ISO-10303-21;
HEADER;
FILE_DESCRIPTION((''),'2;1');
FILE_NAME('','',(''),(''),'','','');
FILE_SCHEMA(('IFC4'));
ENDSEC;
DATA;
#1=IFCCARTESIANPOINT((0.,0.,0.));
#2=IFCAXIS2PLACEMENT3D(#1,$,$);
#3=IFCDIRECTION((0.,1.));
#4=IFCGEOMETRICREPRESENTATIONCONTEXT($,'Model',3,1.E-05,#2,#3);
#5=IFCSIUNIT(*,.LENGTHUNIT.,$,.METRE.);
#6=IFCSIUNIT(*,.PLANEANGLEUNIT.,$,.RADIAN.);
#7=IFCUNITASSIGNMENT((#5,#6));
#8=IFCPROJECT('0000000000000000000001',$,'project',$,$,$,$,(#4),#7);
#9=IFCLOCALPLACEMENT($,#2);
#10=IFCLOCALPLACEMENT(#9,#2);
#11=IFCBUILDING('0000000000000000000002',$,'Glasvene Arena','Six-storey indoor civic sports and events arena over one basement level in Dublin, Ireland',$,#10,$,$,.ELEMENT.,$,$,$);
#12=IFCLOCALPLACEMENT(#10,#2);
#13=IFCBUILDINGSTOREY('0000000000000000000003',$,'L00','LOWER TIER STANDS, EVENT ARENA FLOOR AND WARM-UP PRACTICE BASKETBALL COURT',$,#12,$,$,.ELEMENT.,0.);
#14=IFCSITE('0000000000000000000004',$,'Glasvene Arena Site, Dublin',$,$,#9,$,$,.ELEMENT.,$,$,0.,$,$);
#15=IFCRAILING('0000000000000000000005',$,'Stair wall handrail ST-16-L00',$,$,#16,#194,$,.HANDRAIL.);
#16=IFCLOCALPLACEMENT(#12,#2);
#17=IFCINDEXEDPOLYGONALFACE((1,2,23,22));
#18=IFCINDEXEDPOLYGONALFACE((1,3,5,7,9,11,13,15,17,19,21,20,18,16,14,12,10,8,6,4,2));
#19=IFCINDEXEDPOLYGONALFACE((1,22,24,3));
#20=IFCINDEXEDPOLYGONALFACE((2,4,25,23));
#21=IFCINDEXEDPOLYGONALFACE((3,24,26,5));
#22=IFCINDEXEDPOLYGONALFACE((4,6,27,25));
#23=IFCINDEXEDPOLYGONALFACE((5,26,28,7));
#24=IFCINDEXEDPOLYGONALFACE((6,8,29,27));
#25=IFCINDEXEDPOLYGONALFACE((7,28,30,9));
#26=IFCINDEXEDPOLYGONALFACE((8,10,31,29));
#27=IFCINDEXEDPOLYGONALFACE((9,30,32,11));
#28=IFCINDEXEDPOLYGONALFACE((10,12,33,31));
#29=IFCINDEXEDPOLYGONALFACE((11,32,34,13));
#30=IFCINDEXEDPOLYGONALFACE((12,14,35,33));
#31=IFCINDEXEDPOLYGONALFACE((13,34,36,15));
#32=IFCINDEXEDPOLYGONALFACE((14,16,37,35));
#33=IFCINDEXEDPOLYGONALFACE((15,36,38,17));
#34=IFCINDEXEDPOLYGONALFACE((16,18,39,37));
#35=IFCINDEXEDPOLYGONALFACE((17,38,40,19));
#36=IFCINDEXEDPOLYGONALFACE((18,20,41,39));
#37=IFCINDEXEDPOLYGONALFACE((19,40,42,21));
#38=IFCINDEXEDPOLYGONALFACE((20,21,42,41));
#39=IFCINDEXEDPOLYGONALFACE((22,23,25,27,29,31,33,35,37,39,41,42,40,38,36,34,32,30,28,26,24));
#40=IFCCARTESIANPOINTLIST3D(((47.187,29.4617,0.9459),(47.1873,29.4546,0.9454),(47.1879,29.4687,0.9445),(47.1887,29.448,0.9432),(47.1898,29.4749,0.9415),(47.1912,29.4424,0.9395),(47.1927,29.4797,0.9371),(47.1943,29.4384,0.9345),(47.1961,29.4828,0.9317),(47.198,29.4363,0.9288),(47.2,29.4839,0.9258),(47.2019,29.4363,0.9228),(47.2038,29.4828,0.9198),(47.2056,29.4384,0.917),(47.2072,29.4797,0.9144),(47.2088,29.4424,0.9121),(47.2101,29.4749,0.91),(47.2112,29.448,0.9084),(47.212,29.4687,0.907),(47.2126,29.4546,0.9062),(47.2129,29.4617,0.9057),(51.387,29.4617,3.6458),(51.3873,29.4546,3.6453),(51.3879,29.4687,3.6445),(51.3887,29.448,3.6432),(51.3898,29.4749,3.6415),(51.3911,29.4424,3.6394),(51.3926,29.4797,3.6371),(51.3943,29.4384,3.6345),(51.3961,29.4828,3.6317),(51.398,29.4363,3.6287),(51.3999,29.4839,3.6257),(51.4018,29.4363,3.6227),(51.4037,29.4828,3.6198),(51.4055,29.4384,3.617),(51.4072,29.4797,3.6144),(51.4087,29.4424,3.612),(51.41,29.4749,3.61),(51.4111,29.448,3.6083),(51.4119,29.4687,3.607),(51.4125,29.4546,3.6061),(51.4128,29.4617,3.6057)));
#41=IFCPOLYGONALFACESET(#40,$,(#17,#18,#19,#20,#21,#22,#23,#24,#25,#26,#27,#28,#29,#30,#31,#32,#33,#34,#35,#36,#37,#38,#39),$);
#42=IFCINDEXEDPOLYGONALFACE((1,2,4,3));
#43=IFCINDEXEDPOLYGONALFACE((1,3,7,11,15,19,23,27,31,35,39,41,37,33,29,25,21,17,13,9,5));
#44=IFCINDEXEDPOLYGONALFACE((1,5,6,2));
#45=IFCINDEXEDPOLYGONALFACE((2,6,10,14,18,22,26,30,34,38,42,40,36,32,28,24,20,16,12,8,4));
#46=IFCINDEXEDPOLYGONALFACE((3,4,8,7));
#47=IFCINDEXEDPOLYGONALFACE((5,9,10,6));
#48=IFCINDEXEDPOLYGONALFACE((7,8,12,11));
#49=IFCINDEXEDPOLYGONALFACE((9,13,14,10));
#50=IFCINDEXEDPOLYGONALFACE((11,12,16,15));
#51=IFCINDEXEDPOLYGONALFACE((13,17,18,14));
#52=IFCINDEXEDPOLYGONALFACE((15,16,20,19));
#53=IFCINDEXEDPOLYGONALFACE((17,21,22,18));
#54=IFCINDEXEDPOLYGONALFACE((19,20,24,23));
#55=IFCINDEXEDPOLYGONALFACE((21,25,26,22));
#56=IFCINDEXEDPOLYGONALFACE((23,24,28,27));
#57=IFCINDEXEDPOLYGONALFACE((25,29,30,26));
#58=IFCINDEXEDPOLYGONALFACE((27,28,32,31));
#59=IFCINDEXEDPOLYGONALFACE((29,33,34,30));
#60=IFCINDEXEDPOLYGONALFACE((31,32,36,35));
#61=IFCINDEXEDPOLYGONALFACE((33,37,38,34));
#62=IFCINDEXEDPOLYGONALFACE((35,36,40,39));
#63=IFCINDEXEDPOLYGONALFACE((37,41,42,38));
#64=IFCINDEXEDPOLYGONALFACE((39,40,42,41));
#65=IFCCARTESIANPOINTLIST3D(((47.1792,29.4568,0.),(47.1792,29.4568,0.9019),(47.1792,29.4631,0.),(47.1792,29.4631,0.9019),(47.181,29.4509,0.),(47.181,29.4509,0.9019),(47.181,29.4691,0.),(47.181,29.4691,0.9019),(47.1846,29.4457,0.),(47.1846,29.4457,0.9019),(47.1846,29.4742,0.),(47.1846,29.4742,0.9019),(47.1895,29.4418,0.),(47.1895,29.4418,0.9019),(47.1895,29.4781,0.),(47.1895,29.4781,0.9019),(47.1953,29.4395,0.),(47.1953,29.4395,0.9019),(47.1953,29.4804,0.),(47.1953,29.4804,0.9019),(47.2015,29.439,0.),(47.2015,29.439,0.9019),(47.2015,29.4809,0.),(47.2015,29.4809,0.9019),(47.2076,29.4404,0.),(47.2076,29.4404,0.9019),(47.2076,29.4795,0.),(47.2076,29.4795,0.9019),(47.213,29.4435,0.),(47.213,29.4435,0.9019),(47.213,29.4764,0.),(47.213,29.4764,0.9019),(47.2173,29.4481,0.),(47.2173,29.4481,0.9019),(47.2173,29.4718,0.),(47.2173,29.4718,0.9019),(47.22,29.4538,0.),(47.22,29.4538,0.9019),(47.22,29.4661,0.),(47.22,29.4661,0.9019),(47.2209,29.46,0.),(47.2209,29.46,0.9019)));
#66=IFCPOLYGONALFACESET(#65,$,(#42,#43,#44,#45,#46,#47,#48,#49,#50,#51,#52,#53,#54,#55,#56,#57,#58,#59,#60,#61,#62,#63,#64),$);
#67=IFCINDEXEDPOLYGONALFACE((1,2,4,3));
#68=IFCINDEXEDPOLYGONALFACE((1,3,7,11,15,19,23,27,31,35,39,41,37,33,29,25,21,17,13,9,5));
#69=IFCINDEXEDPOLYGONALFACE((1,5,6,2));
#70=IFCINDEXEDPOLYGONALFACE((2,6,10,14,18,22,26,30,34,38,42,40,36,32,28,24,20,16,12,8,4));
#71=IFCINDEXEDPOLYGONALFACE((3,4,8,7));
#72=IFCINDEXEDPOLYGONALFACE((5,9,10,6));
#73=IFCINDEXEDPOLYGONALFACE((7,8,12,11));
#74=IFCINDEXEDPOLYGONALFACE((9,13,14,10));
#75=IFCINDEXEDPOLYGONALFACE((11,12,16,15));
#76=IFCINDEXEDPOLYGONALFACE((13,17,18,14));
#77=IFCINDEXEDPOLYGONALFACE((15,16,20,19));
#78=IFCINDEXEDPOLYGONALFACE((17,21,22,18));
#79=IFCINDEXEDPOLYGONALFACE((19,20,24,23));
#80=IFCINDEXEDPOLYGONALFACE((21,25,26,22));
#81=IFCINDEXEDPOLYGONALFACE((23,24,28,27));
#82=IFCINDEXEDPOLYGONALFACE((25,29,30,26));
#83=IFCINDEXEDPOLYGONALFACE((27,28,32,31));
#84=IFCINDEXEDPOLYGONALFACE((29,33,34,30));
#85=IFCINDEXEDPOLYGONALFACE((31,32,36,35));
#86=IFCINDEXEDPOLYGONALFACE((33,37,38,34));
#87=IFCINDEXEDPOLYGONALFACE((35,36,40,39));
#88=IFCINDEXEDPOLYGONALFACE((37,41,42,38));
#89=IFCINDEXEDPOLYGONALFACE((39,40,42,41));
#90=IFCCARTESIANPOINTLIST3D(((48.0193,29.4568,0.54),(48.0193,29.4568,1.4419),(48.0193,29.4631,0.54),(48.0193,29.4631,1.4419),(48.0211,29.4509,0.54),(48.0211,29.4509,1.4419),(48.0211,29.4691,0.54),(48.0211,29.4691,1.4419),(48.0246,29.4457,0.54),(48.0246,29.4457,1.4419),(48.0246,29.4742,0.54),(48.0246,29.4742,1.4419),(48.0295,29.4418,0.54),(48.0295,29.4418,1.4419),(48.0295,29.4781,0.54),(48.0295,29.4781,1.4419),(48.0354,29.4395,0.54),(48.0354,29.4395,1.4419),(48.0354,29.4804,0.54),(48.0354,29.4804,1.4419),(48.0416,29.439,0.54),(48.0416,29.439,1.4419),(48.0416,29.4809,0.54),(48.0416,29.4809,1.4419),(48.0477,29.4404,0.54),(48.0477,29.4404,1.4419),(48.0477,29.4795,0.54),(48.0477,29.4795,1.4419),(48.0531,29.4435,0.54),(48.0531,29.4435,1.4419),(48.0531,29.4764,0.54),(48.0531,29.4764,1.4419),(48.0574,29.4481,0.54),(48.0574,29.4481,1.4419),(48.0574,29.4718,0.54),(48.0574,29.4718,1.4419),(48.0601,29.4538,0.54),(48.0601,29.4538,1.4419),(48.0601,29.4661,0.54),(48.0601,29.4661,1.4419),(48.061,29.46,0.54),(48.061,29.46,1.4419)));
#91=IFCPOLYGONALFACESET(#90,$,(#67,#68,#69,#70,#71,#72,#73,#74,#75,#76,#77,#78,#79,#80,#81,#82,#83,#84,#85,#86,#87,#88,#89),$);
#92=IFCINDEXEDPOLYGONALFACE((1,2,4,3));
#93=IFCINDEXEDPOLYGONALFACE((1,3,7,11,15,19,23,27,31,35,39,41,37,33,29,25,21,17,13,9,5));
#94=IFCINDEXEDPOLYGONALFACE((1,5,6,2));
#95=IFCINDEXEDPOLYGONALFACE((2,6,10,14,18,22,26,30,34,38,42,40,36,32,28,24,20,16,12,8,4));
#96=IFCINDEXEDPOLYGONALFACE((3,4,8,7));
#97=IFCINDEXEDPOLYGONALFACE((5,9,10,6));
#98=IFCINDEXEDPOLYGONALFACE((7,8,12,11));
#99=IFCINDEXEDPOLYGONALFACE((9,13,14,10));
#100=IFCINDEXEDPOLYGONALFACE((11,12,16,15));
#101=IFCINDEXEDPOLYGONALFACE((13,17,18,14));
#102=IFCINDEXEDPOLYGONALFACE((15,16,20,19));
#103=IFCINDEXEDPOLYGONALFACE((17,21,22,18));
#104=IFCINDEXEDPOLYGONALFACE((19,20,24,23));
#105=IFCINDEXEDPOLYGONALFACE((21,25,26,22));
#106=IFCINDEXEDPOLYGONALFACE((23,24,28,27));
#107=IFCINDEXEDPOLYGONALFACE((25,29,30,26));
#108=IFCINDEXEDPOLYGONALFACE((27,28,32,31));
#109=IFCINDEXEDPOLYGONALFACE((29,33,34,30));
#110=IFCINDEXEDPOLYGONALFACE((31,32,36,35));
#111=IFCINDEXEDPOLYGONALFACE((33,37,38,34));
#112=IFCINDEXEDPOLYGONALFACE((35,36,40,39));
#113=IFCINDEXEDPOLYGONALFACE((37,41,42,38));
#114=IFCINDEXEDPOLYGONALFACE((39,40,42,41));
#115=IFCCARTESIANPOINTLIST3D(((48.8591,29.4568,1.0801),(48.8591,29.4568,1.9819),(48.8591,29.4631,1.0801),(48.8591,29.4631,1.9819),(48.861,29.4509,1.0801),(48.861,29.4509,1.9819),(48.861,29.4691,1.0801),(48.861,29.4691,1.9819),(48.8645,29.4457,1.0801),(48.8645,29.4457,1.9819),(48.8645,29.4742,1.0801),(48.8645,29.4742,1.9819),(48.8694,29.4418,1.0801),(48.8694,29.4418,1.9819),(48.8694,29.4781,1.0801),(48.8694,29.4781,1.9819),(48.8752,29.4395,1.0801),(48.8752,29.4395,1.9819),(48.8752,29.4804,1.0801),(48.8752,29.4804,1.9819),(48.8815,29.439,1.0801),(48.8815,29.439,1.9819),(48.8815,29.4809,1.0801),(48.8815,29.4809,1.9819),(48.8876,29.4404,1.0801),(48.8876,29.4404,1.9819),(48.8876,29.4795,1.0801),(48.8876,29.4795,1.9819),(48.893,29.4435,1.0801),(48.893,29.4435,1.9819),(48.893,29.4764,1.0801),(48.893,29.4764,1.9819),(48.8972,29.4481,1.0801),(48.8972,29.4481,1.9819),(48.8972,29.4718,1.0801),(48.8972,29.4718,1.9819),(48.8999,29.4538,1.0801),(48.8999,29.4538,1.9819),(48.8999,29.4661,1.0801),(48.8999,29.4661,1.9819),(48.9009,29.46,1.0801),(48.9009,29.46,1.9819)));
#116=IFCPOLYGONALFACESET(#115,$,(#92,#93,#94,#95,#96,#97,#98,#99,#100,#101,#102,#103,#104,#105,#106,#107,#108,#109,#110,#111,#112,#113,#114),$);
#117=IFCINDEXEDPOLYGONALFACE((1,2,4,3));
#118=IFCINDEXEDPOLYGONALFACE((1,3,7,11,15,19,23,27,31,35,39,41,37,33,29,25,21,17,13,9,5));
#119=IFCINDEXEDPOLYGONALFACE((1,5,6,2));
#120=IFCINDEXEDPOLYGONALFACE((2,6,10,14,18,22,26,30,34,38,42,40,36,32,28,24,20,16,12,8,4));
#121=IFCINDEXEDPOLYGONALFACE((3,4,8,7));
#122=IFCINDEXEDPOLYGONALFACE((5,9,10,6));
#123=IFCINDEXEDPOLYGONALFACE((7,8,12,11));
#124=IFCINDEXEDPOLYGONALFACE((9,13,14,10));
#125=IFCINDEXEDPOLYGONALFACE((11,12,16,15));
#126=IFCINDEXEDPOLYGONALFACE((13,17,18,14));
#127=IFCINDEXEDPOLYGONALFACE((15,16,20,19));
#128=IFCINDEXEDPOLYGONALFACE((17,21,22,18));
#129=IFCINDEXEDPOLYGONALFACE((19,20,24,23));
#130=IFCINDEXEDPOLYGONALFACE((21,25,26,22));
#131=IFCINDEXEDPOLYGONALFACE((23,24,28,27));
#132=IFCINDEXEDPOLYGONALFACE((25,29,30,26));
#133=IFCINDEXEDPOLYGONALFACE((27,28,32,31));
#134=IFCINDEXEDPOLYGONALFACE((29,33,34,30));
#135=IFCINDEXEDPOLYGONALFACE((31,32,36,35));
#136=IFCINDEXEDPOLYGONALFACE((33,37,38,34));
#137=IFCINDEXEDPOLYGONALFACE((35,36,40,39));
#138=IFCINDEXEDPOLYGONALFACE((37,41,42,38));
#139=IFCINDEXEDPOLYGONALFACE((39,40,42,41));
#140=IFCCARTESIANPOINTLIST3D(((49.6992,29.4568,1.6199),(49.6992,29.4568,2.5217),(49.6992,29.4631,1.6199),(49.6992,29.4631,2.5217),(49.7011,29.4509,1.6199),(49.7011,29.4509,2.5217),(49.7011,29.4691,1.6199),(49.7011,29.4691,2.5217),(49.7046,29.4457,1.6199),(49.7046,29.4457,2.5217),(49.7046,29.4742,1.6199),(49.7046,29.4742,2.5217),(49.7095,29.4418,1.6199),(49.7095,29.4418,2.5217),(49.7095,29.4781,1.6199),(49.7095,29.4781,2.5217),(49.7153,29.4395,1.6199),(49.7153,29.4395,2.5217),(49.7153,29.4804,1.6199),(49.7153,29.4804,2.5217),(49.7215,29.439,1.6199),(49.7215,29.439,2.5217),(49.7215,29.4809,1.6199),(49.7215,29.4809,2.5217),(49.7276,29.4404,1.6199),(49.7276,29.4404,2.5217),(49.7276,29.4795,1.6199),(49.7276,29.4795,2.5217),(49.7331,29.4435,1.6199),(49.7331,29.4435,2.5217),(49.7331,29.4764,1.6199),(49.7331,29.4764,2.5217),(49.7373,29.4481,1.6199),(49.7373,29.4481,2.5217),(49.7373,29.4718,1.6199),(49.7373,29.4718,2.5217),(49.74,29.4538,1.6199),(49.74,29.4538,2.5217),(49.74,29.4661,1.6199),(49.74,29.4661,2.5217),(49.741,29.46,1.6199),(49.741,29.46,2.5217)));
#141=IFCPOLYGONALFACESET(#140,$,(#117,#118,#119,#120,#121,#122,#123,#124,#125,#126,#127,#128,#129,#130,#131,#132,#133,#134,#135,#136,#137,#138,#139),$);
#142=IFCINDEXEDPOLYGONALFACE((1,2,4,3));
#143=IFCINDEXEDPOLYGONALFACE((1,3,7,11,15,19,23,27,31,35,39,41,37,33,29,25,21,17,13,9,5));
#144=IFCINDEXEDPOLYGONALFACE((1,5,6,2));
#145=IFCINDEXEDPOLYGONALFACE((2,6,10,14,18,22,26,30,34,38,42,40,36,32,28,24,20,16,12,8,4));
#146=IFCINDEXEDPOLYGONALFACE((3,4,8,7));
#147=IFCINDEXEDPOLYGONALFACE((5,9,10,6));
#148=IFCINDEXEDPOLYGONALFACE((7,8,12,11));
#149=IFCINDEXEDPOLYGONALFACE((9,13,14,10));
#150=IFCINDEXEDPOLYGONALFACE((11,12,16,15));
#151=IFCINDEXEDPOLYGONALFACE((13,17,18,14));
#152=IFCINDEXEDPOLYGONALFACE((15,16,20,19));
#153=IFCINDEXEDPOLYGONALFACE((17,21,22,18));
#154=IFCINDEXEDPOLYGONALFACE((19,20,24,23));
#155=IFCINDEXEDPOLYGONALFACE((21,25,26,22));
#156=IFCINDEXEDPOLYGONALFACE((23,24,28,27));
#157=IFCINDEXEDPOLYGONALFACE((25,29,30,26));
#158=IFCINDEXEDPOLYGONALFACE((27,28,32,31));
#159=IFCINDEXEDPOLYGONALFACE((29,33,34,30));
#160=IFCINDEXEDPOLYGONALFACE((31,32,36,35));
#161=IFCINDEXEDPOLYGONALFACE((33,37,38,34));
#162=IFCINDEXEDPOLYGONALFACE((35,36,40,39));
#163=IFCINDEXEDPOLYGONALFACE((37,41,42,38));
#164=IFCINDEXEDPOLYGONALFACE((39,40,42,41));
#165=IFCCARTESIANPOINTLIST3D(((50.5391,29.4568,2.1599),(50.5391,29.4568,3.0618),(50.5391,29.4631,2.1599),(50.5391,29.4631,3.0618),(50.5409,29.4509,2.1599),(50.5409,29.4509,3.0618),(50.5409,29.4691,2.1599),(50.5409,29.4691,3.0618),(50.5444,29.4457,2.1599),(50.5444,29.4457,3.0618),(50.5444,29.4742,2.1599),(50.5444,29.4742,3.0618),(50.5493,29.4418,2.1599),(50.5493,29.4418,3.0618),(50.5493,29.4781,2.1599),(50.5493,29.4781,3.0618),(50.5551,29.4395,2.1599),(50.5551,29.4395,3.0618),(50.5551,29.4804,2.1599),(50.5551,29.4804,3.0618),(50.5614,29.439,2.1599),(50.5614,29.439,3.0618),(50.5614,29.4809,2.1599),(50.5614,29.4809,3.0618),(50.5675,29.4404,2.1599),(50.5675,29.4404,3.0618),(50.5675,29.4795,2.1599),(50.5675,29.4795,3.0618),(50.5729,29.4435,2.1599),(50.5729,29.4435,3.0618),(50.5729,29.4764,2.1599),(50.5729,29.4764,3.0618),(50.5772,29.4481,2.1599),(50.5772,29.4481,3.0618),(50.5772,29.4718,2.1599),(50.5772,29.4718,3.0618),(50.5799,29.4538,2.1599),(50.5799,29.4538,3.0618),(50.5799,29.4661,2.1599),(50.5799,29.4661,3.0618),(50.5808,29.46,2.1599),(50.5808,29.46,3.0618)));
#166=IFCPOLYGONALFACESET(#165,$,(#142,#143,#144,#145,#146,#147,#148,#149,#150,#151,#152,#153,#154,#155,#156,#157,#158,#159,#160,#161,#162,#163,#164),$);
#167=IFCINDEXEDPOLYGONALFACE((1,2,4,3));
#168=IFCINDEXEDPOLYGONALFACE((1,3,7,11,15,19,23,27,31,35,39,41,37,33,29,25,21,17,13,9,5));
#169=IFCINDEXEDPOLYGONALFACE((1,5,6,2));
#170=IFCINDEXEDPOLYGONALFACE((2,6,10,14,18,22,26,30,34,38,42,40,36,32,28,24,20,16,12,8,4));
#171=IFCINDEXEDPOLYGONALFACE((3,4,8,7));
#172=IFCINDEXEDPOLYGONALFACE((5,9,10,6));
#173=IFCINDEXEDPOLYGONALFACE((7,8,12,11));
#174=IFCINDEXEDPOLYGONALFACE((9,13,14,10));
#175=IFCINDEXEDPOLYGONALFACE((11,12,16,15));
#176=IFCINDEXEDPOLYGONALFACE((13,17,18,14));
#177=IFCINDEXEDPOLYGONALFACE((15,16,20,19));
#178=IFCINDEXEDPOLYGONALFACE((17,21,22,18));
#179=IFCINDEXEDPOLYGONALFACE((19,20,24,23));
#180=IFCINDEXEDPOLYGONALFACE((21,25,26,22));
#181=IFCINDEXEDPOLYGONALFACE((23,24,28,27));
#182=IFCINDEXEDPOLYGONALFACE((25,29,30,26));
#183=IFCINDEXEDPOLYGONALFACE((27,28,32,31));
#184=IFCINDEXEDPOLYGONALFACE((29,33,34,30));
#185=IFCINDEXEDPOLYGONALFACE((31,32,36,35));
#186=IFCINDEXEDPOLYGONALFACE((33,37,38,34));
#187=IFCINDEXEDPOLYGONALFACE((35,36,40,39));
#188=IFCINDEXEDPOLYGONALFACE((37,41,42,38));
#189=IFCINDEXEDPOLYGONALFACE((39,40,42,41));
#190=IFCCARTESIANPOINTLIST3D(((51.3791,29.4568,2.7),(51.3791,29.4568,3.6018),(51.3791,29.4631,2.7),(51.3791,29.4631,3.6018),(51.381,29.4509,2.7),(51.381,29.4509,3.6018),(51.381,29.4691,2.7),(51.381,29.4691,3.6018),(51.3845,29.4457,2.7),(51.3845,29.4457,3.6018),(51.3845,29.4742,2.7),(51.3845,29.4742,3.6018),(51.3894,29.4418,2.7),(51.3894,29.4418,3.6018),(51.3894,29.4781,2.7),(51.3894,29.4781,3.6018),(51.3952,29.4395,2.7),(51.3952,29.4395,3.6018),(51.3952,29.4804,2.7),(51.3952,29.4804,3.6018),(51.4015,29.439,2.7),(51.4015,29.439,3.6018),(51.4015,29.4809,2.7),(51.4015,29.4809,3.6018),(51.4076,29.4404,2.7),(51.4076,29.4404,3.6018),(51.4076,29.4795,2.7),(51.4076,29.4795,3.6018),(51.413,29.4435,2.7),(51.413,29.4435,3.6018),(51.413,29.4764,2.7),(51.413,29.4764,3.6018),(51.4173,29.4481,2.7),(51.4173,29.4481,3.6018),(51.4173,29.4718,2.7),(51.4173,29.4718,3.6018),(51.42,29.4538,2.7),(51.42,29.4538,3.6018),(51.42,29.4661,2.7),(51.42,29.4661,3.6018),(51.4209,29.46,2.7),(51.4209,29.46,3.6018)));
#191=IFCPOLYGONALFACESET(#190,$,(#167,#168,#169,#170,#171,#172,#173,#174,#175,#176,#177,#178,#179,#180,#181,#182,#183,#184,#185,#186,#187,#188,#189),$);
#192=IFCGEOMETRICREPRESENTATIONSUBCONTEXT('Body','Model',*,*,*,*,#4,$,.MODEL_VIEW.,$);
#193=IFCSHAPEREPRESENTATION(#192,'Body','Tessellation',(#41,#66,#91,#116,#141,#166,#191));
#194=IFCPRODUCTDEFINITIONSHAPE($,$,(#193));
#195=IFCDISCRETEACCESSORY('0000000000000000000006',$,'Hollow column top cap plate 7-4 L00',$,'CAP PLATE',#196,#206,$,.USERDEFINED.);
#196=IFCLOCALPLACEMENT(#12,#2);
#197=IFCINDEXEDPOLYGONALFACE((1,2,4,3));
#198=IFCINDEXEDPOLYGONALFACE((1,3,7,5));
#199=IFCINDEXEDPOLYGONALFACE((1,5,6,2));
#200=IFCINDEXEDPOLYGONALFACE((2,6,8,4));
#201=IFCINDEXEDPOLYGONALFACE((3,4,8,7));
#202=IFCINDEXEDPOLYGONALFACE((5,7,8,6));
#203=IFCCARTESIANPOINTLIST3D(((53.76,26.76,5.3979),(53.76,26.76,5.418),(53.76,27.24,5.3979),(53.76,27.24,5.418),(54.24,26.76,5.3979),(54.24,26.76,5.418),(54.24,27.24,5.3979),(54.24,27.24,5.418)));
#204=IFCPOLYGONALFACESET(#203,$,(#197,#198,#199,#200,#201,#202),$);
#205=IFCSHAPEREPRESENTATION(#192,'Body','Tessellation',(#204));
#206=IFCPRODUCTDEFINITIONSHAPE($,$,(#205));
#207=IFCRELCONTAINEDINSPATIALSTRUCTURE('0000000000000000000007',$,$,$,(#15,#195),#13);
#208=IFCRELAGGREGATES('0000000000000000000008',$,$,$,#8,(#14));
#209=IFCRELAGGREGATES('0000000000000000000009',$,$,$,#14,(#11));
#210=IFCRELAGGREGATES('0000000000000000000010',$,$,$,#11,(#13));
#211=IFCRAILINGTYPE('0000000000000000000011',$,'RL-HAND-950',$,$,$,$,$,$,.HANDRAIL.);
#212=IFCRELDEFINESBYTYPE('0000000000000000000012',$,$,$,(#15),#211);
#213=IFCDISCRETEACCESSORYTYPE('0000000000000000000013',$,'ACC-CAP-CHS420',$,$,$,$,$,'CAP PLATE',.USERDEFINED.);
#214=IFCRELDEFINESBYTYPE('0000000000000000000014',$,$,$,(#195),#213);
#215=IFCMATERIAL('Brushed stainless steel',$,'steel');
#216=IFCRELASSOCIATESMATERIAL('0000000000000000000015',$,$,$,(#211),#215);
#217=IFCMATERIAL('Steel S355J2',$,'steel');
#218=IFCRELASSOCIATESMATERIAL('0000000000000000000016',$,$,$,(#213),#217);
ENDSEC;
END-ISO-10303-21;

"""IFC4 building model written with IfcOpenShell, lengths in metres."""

from ifc_helpers import new_model, si_unit, direction, frame, origin, origin_2d, place, context, subcontext, project, spatial, rectangle, circle, extrude, material, type_object, element, save


model = new_model("IFC4")

# Units and contexts
model_context = context("Model", 3, precision=1e-05, world=origin(), true_north=direction((0.0, 1.0)))
body_context = subcontext(model_context, "Body", "Model", "MODEL_VIEW")
ifc_project = project(units=[si_unit("LENGTHUNIT", "METRE"), si_unit("PLANEANGLEUNIT", "RADIAN")], contexts=[model_context])

# Site, building, storey
site_placement = place(None, origin())
site = spatial("IfcSite", under=ifc_project, at=site_placement, Name="Glasvene Arena Site, Dublin", CompositionType="ELEMENT", RefElevation=0.0)
building_placement = place(site_placement, origin())
building = spatial("IfcBuilding", under=site, at=building_placement, Name="Glasvene Arena", Description="Six-storey indoor civic sports and events arena over one basement level in Dublin, Ireland", CompositionType="ELEMENT")
storey_placement = place(building_placement, origin())
storey = spatial("IfcBuildingStorey", under=building, at=storey_placement, Name="L00", Description="LOWER TIER STANDS, EVENT ARENA FLOOR AND WARM-UP PRACTICE BASKETBALL COURT", CompositionType="ELEMENT", Elevation=0.0)

# Shared definitions
ifc_material_1 = material(Name="Steel S355J2", Category="steel")

# Railing
ifc_material_2 = material(Name="Brushed stainless steel", Category="steel")
railing_type_1 = type_object("IfcRailingType", Name="RL-HAND-950", PredefinedType="HANDRAIL", material=ifc_material_2)
railing_1_placement = place(storey_placement, frame((47.2, 29.46, 0.0)))
element("IfcRailing", 1, at=railing_1_placement, inside=storey, type_object=railing_type_1, Name="Stair wall handrail ST-16-L00", PredefinedType="HANDRAIL", context=body_context, shape_type="SweptSolid", body=[
    extrude(circle(Radius=0.0239, at=origin_2d()), frame((0.0, 0.0, 0.9258), z_axis=(0.84118, 0.0, 0.540755), x_axis=(0.0, 1.0, 0.0)), (0.0, 0.0, 1.0), 4.9929),
    extrude(circle(Radius=0.021, at=origin_2d()), origin(), (0.0, 0.0, 1.0), 0.9019),
    extrude(circle(Radius=0.021, at=origin_2d()), frame((0.8401, 0.0, 0.54)), (0.0, 0.0, 1.0), 0.9019),
    extrude(circle(Radius=0.021, at=origin_2d()), frame((1.6799, 0.0, 1.0801)), (0.0, 0.0, 1.0), 0.9019),
    extrude(circle(Radius=0.021, at=origin_2d()), frame((2.52, 0.0, 1.6199)), (0.0, 0.0, 1.0), 0.9019),
    extrude(circle(Radius=0.021, at=origin_2d()), frame((3.3599, 0.0, 2.1599)), (0.0, 0.0, 1.0), 0.9019),
    extrude(circle(Radius=0.021, at=origin_2d()), frame((4.2, 0.0, 2.7)), (0.0, 0.0, 1.0), 0.9019),
])

# Discrete accessory
discrete_accessory_type = type_object("IfcDiscreteAccessoryType", Name="ACC-CAP-CHS420", ElementType="CAP PLATE", PredefinedType="USERDEFINED", material=ifc_material_1)
discrete_accessory_placement = place(storey_placement, frame((54.0, 27.0, 5.3979), z_axis=(0.0, 0.0, 1.0), x_axis=(1.0, 0.0, 0.0)))
element("IfcDiscreteAccessory", 2, at=discrete_accessory_placement, inside=storey, type_object=discrete_accessory_type, Name="Hollow column top cap plate 7-4 L00", ObjectType="CAP PLATE", PredefinedType="USERDEFINED", context=body_context, shape_type="SweptSolid", body=[
    extrude(rectangle(XDim=0.48, YDim=0.48, at=origin_2d()), origin(), (0.0, 0.0, 1.0), 0.02),
])

save(model, "model.ifc")
